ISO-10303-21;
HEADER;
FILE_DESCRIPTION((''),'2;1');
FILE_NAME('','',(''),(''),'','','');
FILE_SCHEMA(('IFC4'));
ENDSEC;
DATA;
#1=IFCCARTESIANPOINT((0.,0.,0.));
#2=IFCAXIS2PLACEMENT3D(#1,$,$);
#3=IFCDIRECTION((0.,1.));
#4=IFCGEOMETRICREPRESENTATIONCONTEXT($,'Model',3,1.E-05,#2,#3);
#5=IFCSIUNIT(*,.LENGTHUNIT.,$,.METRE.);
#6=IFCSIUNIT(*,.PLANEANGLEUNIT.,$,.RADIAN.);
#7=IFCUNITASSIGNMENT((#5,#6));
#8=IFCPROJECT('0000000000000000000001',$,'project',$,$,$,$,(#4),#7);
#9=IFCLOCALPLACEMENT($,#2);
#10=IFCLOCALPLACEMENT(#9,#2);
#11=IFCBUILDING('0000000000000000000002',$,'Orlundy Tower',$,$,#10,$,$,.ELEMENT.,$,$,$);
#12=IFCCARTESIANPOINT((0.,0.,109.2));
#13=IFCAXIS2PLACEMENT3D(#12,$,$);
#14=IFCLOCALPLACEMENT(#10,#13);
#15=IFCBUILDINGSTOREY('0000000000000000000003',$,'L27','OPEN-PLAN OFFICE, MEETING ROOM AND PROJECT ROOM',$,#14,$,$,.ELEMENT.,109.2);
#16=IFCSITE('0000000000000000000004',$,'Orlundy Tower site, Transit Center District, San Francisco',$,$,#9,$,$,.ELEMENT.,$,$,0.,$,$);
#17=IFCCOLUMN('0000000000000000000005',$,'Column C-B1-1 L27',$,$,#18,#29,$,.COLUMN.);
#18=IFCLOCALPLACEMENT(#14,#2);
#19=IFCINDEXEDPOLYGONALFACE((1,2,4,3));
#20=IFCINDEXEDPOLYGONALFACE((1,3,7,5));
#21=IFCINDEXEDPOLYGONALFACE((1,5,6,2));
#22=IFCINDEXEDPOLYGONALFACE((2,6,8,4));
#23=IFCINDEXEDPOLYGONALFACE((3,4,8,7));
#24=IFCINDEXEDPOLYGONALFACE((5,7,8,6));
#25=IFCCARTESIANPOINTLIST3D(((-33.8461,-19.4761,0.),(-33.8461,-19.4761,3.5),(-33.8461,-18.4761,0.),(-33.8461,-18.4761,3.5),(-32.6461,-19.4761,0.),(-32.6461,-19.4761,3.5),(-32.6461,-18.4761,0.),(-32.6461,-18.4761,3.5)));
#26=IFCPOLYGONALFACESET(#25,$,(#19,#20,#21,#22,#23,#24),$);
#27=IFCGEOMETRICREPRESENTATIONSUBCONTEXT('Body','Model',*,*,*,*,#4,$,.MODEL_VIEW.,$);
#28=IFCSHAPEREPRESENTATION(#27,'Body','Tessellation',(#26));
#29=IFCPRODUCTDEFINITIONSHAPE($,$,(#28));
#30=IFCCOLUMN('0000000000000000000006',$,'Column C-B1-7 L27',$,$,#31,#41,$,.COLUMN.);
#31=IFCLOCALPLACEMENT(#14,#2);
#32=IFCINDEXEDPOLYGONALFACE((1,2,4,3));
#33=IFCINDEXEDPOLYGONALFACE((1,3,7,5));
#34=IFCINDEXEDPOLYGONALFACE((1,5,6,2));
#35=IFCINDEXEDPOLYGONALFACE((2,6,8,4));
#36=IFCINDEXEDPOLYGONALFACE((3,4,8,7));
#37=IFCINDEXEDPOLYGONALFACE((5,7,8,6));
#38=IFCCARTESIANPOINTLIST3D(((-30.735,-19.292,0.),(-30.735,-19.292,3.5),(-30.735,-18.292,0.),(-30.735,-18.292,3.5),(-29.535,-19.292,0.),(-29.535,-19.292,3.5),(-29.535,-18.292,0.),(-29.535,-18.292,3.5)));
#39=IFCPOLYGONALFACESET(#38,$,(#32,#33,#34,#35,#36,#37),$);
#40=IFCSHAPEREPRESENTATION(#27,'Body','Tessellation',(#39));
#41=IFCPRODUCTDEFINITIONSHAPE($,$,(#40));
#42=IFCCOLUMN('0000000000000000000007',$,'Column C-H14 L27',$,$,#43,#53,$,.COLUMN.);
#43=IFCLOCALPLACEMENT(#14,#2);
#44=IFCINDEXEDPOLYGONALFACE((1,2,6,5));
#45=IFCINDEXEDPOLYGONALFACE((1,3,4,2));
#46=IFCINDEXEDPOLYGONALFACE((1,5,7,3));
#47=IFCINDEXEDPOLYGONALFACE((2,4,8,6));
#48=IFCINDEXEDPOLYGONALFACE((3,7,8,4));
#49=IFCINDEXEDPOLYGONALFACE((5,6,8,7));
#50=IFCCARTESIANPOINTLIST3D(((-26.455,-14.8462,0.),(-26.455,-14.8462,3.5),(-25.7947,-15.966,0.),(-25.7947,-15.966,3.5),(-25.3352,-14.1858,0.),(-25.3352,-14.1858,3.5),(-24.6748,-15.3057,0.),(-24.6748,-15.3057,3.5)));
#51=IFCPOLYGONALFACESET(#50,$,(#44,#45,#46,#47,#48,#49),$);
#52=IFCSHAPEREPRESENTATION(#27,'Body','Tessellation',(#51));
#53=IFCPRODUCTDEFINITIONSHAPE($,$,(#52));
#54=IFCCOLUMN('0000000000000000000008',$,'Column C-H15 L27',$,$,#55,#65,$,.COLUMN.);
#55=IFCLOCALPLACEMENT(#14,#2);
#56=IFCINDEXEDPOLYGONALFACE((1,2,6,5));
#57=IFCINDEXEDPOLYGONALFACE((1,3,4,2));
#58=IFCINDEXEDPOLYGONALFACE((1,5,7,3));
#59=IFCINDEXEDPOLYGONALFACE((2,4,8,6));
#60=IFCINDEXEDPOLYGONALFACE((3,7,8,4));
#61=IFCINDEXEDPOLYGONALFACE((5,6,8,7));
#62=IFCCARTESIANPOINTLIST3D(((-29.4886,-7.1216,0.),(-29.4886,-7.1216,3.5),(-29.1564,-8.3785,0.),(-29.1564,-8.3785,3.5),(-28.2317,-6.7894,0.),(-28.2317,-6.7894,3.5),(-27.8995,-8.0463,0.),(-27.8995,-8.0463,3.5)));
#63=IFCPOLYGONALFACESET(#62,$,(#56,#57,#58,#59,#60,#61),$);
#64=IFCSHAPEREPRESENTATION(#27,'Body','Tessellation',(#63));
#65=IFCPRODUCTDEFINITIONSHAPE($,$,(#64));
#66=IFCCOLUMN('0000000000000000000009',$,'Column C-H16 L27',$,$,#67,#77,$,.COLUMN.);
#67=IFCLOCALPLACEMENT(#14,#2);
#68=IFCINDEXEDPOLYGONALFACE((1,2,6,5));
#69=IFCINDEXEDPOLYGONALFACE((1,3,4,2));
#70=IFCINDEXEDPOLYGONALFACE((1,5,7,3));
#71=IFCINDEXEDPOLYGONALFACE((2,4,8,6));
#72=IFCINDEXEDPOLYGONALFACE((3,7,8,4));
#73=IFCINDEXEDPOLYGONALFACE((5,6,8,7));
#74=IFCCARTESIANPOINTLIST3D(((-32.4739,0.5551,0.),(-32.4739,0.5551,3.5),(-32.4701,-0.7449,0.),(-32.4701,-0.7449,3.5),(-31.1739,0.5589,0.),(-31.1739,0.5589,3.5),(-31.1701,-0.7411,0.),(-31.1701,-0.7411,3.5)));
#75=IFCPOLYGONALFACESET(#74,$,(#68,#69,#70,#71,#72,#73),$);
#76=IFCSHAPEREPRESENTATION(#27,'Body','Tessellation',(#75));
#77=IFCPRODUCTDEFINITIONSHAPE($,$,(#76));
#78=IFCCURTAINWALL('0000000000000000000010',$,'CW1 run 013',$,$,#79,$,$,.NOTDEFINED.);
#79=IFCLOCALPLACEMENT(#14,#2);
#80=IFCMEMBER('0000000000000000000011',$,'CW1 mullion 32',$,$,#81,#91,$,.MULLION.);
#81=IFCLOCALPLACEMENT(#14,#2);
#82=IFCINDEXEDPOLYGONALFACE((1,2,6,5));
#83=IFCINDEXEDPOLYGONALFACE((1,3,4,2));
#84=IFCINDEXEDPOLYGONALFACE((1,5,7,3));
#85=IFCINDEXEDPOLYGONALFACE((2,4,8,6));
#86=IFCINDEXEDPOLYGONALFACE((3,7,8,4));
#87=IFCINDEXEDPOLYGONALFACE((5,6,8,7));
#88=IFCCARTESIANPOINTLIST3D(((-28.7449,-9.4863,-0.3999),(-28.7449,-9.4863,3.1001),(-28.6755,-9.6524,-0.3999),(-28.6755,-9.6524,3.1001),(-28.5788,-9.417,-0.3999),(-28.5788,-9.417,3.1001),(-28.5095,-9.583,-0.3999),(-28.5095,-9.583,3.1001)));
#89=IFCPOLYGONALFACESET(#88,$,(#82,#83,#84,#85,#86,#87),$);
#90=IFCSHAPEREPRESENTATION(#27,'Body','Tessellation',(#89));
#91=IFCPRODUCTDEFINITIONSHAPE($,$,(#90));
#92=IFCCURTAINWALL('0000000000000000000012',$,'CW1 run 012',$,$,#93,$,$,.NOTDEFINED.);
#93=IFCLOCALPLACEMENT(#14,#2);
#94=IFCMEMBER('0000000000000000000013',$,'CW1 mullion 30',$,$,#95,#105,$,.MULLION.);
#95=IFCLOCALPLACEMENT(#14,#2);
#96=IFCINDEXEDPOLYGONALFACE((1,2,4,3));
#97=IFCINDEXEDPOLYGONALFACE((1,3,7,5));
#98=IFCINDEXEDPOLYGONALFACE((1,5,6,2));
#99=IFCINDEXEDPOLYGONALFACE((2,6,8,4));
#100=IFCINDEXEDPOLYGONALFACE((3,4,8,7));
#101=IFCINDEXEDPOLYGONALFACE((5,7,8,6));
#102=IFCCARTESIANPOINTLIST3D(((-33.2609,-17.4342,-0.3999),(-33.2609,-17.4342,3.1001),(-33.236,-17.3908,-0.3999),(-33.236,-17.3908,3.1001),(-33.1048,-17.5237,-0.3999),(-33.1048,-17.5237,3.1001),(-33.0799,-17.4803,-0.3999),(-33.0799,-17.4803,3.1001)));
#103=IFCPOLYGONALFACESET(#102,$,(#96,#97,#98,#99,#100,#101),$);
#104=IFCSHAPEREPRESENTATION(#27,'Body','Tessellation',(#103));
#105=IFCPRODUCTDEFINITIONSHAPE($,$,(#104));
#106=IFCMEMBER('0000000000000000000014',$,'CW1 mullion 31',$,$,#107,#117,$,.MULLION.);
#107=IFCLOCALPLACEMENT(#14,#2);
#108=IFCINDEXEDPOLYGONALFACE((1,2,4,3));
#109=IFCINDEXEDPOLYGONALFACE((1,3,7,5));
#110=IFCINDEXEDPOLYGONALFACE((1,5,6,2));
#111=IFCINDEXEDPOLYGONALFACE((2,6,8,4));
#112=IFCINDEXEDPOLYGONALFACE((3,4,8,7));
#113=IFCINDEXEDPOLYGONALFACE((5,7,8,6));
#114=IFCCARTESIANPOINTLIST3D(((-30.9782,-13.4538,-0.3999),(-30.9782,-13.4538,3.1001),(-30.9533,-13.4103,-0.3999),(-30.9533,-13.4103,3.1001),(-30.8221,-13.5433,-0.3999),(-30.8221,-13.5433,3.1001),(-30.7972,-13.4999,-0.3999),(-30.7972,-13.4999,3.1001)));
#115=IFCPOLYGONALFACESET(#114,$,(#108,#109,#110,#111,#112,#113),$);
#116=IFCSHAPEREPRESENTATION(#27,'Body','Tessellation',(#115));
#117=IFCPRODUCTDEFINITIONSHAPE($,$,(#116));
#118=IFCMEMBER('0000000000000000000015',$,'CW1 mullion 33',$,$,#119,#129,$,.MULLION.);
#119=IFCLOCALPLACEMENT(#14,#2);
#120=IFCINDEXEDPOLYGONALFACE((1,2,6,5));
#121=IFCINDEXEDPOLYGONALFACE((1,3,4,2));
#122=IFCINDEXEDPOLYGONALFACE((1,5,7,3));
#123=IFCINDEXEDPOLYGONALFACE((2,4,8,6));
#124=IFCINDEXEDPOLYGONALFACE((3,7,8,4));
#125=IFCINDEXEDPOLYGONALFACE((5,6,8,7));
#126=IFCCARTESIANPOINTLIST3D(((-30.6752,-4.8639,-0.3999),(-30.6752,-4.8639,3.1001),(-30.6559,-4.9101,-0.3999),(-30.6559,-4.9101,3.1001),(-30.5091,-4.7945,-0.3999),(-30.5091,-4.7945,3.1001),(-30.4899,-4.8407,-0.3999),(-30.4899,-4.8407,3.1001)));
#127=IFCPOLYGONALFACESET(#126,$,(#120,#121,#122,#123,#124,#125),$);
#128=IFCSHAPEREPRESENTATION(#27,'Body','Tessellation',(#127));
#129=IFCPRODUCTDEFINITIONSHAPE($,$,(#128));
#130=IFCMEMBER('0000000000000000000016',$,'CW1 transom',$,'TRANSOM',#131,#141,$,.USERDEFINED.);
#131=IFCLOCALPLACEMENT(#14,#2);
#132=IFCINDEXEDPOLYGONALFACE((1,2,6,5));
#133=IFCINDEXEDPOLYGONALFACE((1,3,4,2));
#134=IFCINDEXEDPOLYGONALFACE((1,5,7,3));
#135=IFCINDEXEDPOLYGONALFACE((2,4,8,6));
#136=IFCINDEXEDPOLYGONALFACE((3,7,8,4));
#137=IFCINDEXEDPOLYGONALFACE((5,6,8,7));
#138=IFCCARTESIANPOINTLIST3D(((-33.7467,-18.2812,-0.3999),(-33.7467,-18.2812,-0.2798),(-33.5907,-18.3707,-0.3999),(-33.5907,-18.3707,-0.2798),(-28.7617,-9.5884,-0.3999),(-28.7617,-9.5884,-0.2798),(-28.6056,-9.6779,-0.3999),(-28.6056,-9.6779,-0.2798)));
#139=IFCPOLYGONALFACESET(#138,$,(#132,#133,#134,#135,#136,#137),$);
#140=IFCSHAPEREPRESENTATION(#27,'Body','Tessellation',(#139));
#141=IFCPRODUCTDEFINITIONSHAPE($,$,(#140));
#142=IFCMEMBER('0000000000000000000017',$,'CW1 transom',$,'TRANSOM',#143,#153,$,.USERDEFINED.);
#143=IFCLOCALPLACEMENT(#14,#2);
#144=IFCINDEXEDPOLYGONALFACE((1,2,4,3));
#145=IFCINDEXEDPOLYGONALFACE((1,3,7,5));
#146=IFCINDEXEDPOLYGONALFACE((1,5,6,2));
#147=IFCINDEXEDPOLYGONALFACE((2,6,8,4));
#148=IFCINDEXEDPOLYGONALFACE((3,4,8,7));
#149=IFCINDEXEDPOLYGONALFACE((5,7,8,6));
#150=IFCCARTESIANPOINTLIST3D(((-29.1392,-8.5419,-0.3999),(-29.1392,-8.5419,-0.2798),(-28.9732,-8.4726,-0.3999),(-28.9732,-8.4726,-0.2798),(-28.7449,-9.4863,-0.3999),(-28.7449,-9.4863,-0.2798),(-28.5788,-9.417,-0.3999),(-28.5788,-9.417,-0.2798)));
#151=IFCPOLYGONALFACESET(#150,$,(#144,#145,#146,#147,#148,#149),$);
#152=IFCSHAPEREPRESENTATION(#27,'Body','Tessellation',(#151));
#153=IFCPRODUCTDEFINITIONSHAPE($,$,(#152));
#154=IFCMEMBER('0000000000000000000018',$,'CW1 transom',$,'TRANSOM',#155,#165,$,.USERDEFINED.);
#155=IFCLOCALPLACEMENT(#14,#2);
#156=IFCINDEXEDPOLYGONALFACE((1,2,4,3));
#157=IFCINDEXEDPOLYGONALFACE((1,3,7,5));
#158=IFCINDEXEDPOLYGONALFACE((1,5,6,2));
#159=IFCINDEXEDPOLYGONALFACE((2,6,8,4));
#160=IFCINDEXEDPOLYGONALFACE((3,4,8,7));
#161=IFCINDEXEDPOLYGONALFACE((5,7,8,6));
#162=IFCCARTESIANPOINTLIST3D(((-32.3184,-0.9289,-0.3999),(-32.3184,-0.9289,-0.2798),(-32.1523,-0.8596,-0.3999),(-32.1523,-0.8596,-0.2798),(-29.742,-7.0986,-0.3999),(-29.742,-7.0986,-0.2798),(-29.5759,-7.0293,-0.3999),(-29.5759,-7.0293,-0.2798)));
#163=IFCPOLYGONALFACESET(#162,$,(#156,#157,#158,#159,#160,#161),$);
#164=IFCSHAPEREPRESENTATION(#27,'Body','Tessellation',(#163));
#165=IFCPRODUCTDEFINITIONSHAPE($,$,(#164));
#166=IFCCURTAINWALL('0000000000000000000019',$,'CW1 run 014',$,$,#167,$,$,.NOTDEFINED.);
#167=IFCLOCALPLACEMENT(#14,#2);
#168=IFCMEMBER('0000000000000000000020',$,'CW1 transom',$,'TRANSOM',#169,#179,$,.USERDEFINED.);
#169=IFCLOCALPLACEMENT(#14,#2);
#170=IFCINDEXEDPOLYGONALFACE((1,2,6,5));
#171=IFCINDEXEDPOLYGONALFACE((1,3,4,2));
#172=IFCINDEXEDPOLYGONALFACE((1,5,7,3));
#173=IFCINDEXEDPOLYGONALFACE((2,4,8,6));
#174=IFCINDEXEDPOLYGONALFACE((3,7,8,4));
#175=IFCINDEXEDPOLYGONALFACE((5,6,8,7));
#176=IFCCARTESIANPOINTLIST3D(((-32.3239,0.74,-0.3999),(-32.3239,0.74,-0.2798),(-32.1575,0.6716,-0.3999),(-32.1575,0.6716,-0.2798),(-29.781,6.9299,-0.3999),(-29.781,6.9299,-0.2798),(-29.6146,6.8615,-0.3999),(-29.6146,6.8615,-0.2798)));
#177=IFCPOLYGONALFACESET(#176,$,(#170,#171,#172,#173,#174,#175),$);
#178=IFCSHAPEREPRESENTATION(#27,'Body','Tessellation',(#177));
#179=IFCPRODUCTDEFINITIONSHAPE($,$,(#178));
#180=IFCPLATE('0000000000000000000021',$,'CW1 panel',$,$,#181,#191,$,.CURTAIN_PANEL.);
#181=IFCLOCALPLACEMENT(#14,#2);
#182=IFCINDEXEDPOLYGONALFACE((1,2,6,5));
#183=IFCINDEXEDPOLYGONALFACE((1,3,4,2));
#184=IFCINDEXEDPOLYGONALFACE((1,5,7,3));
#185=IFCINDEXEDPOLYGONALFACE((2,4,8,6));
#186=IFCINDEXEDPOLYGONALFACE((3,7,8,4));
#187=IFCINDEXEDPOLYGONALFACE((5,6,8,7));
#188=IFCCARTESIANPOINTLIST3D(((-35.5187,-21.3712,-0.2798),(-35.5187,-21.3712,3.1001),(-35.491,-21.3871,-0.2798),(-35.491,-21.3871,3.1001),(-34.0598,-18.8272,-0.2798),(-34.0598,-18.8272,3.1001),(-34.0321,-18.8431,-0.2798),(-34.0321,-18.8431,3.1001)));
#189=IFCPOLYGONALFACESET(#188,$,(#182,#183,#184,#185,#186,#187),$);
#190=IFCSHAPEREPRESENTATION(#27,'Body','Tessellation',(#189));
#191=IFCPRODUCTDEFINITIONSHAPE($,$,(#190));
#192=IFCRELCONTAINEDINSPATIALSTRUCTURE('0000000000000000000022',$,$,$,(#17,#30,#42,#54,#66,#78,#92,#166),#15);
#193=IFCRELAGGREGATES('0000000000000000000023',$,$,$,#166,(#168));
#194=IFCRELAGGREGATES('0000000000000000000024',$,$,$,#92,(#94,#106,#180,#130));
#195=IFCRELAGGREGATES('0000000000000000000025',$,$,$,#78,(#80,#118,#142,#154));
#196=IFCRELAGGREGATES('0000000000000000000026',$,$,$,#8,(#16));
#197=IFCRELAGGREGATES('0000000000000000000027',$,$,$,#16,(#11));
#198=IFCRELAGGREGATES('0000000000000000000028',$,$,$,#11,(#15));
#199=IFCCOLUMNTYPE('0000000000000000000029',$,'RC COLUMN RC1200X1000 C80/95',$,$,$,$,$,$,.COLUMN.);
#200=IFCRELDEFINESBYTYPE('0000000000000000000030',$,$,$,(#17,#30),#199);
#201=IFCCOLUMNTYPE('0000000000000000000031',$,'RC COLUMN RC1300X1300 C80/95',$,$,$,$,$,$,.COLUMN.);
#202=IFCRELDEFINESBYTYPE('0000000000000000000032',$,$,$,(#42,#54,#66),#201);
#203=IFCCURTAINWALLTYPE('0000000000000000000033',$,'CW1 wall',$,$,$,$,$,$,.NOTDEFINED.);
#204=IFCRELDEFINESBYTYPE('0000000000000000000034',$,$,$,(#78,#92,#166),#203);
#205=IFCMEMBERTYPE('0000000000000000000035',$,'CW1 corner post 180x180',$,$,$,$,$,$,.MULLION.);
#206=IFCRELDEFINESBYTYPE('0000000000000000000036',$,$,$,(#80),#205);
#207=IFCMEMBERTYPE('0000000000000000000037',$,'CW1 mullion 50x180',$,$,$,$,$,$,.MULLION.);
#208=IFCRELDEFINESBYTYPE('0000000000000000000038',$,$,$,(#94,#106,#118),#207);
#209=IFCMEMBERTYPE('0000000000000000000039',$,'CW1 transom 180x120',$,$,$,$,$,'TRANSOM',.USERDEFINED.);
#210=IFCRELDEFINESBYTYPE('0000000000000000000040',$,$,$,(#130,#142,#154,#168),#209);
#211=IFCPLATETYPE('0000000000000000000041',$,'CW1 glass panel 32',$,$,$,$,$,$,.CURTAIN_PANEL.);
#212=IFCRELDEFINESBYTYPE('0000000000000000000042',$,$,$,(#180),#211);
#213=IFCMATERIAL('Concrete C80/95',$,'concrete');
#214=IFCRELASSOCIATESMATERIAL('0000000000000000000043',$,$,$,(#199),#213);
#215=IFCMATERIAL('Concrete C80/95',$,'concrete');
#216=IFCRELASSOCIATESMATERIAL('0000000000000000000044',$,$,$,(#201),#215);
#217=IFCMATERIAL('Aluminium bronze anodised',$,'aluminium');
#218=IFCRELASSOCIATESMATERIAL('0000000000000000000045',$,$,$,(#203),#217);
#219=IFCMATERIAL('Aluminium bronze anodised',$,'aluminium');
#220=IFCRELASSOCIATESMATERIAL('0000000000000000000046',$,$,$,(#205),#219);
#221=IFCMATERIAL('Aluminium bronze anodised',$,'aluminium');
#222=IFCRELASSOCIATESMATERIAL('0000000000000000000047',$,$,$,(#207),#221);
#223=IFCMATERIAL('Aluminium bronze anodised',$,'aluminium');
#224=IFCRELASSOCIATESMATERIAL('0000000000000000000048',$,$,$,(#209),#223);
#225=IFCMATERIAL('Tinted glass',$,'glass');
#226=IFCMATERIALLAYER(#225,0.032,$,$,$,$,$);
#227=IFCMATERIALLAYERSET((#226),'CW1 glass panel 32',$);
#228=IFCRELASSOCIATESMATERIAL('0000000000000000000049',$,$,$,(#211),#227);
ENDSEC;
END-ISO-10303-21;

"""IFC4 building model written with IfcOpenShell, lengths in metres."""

from ifc_helpers import new_model, si_unit, direction, frame, origin, origin_2d, place, context, subcontext, project, spatial, rectangle, extrude, material, layer, layer_set, material_profile, profile_set, type_object, element, aggregate, save


model = new_model("IFC4")

# Units and contexts
model_context = context("Model", 3, precision=1e-05, world=origin(), true_north=direction((0.0, 1.0)))
body_context = subcontext(model_context, "Body", "Model", "MODEL_VIEW")
ifc_project = project(units=[si_unit("LENGTHUNIT", "METRE"), si_unit("PLANEANGLEUNIT", "RADIAN")], contexts=[model_context])

# Site, building, storey
site_placement = place(None, origin())
site = spatial("IfcSite", under=ifc_project, at=site_placement, Name="Orlundy Tower site, Transit Center District, San Francisco", CompositionType="ELEMENT", RefElevation=0.0)
building_placement = place(site_placement, origin())
building = spatial("IfcBuilding", under=site, at=building_placement, Name="Orlundy Tower", CompositionType="ELEMENT")
storey_placement = place(building_placement, frame((0.0, 0.0, 109.2)))
storey = spatial("IfcBuildingStorey", under=building, at=storey_placement, Name="L27", Description="OPEN-PLAN OFFICE, MEETING ROOM AND PROJECT ROOM", CompositionType="ELEMENT", Elevation=109.2)

# Columns
ifc_material_1 = material(Name="Concrete C80/95", Category="concrete")
ifc_material_profile_1 = material_profile(ifc_material_1, rectangle(XDim=1.2, YDim=1.0, at=origin_2d()), Name="RC1200X1000")
ifc_profile_set_1 = profile_set([ifc_material_profile_1], Name="Concrete C80/95")
column_type_1 = type_object("IfcColumnType", Name="RC COLUMN RC1200X1000 C80/95", PredefinedType="COLUMN", material=ifc_profile_set_1)
for number, where, z_axis, x_axis, name in (
    (1, (-33.2461, -18.9761, 0.0), (0.0, 0.0, 1.0), (1.0, 0.0, 0.0), "Column C-B1-1 L27"),
    (2, (-30.135, -18.792, 0.0), (0.0, 0.0, 1.0), (1.0, 0.0, 0.0), "Column C-B1-7 L27"),
):
    element("IfcColumn", number, at=place(storey_placement, frame(where, z_axis=z_axis, x_axis=x_axis)), inside=storey, type_object=column_type_1, Name=name, PredefinedType="COLUMN", context=body_context, shape_type="SweptSolid", body=[
        extrude(rectangle(XDim=1.2, YDim=1.0, at=origin_2d()), origin(), (0.0, 0.0, 1.0), 3.5),
    ])
ifc_material_2 = material(Name="Concrete C80/95", Category="concrete")
ifc_material_profile_2 = material_profile(ifc_material_2, rectangle(XDim=1.3, YDim=1.3, at=origin_2d()), Name="RC1300X1300")
ifc_profile_set_2 = profile_set([ifc_material_profile_2], Name="Concrete C80/95")
column_type_2 = type_object("IfcColumnType", Name="RC COLUMN RC1300X1300 C80/95", PredefinedType="COLUMN", material=ifc_profile_set_2)
for number, where, z_axis, x_axis, name in (
    (3, (-25.5649, -15.0759, 0.0), (0.0, 0.0, 1.0), (-0.861381, -0.507959, 0.0), "Column C-H14 L27"),
    (4, (-28.6941, -7.584, 0.0), (0.0, 0.0, 1.0), (-0.966801, -0.25553, 0.0), "Column C-H15 L27"),
    (5, (-31.822, -0.093, 0.0), (0.0, 0.0, 1.0), (-0.999996, -0.002915, 0.0), "Column C-H16 L27"),
):
    element("IfcColumn", number, at=place(storey_placement, frame(where, z_axis=z_axis, x_axis=x_axis)), inside=storey, type_object=column_type_2, Name=name, PredefinedType="COLUMN", context=body_context, shape_type="SweptSolid", body=[
        extrude(rectangle(XDim=1.3, YDim=1.3, at=origin_2d()), origin(), (0.0, 0.0, 1.0), 3.5),
    ])

# Curtain wall, member
ifc_material_3 = material(Name="Aluminium bronze anodised", Category="aluminium")
curtain_wall_type = type_object("IfcCurtainWallType", Name="CW1 wall", PredefinedType="NOTDEFINED", material=ifc_material_3)
curtain_wall_1_placement = place(storey_placement, origin())
curtain_wall_1 = element("IfcCurtainWall", 6, at=curtain_wall_1_placement, inside=storey, type_object=curtain_wall_type, Name="CW1 run 013", PredefinedType="NOTDEFINED")
ifc_material_4 = material(Name="Aluminium bronze anodised", Category="aluminium")
ifc_material_profile_3 = material_profile(ifc_material_4, rectangle(XDim=0.1799, YDim=0.1799, at=origin_2d()), Name="CW1 corner post 180x180")
ifc_profile_set_3 = profile_set([ifc_material_profile_3], Name="Aluminium bronze anodised")
member_type_1 = type_object("IfcMemberType", Name="CW1 corner post 180x180", PredefinedType="MULLION", material=ifc_profile_set_3)
member_1_placement = place(storey_placement, frame((-28.6272, -9.5347, -0.3999), z_axis=(0.0, 0.0, 1.0), x_axis=(-0.922773, -0.385344, 0.0)))
member_1 = element("IfcMember", 7, at=member_1_placement, type_object=member_type_1, Name="CW1 mullion 32", PredefinedType="MULLION", context=body_context, shape_type="SweptSolid", body=[
    extrude(rectangle(XDim=0.1799, YDim=0.1799, at=origin_2d()), origin(), (0.0, 0.0, 1.0), 3.5),
])

# Curtain wall, members
curtain_wall_2_placement = place(storey_placement, origin())
curtain_wall_2 = element("IfcCurtainWall", 8, at=curtain_wall_2_placement, inside=storey, type_object=curtain_wall_type, Name="CW1 run 012", PredefinedType="NOTDEFINED")
ifc_material_5 = material(Name="Aluminium bronze anodised", Category="aluminium")
ifc_material_profile_4 = material_profile(ifc_material_5, rectangle(XDim=0.1799, YDim=0.05, at=origin_2d()), Name="CW1 mullion 50x180")
ifc_profile_set_4 = profile_set([ifc_material_profile_4], Name="Aluminium bronze anodised")
member_type_2 = type_object("IfcMemberType", Name="CW1 mullion 50x180", PredefinedType="MULLION", material=ifc_profile_set_4)
member_2_placement = place(storey_placement, frame((-33.1704, -17.4573, -0.3999), z_axis=(0.0, 0.0, 1.0), x_axis=(-0.867482, 0.497468, 0.0)))
member_2 = element("IfcMember", 9, at=member_2_placement, type_object=member_type_2, Name="CW1 mullion 30", PredefinedType="MULLION", context=body_context, shape_type="SweptSolid", body=[
    extrude(rectangle(XDim=0.1799, YDim=0.05, at=origin_2d()), origin(), (0.0, 0.0, 1.0), 3.5),
])
member_3_placement = place(storey_placement, frame((-30.8877, -13.4768, -0.3999), z_axis=(0.0, 0.0, 1.0), x_axis=(-0.867482, 0.497468, 0.0)))
member_3 = element("IfcMember", 10, at=member_3_placement, type_object=member_type_2, Name="CW1 mullion 31", PredefinedType="MULLION", context=body_context, shape_type="SweptSolid", body=[
    extrude(rectangle(XDim=0.1799, YDim=0.05, at=origin_2d()), origin(), (0.0, 0.0, 1.0), 3.5),
])

# Members
member_4_placement = place(storey_placement, frame((-30.5825, -4.8523, -0.3999), z_axis=(0.0, 0.0, 1.0), x_axis=(-0.922773, -0.385344, 0.0)))
member_4 = element("IfcMember", 11, at=member_4_placement, type_object=member_type_2, Name="CW1 mullion 33", PredefinedType="MULLION", context=body_context, shape_type="SweptSolid", body=[
    extrude(rectangle(XDim=0.1799, YDim=0.05, at=origin_2d()), origin(), (0.0, 0.0, 1.0), 3.5),
])
ifc_material_6 = material(Name="Aluminium bronze anodised", Category="aluminium")
ifc_material_profile_5 = material_profile(ifc_material_6, rectangle(XDim=0.1799, YDim=0.1201, at=origin_2d()), Name="CW1 transom 180x120")
ifc_profile_set_5 = profile_set([ifc_material_profile_5], Name="Aluminium bronze anodised")
member_type_3 = type_object("IfcMemberType", Name="CW1 transom 180x120", ElementType="TRANSOM", PredefinedType="USERDEFINED", material=ifc_profile_set_5)
member_5_placement = place(storey_placement, frame((-33.6687, -18.3259, -0.3398), z_axis=(0.497474, 0.867479, 0.0), x_axis=(-0.867479, 0.497474, 0.0)))
member_5 = element("IfcMember", 12, at=member_5_placement, type_object=member_type_3, Name="CW1 transom", ObjectType="TRANSOM", PredefinedType="USERDEFINED", context=body_context, shape_type="SweptSolid", body=[
    extrude(rectangle(XDim=0.1799, YDim=0.1201, at=origin_2d()), origin(), (0.0, 0.0, 1.0), 10.0208),
])
member_6_placement = place(storey_placement, frame((-28.6619, -9.4517, -0.3398), z_axis=(-0.385293, 0.922794, 0.0), x_axis=(-0.922794, -0.385293, 0.0)))
member_6 = element("IfcMember", 13, at=member_6_placement, type_object=member_type_3, Name="CW1 transom", ObjectType="TRANSOM", PredefinedType="USERDEFINED", context=body_context, shape_type="SweptSolid", body=[
    extrude(rectangle(XDim=0.1799, YDim=0.1201, at=origin_2d()), origin(), (0.0, 0.0, 1.0), 1.0234),
])
member_7_placement = place(storey_placement, frame((-29.6589, -7.064, -0.3398), z_axis=(-0.385344, 0.922773, 0.0), x_axis=(-0.922773, -0.385344, 0.0)))
member_7 = element("IfcMember", 14, at=member_7_placement, type_object=member_type_3, Name="CW1 transom", ObjectType="TRANSOM", PredefinedType="USERDEFINED", context=body_context, shape_type="SweptSolid", body=[
    extrude(rectangle(XDim=0.1799, YDim=0.1201, at=origin_2d()), origin(), (0.0, 0.0, 1.0), 6.686),
])

# Curtain wall, member
curtain_wall_3_placement = place(storey_placement, origin())
curtain_wall_3 = element("IfcCurtainWall", 15, at=curtain_wall_3_placement, inside=storey, type_object=curtain_wall_type, Name="CW1 run 014", PredefinedType="NOTDEFINED")
member_8_placement = place(storey_placement, frame((-32.2407, 0.7058, -0.3398), z_axis=(0.380005, 0.924985, 0.0), x_axis=(-0.924985, 0.380005, 0.0)))
member_8 = element("IfcMember", 16, at=member_8_placement, type_object=member_type_3, Name="CW1 transom", ObjectType="TRANSOM", PredefinedType="USERDEFINED", context=body_context, shape_type="SweptSolid", body=[
    extrude(rectangle(XDim=0.1799, YDim=0.1201, at=origin_2d()), origin(), (0.0, 0.0, 1.0), 6.6919),
])
aggregate(curtain_wall_3, [member_8])

# Plate
ifc_material_7 = material(Name="Tinted glass", Category="glass")
ifc_layer_1 = layer(ifc_material_7, 0.032)
ifc_layer_set_1 = layer_set([ifc_layer_1], Name="CW1 glass panel 32")
plate_type = type_object("IfcPlateType", Name="CW1 glass panel 32", PredefinedType="CURTAIN_PANEL", material=ifc_layer_set_1)
plate_1_placement = place(storey_placement, frame((-34.7754, -20.1072, -0.2798), z_axis=(0.0, 0.0, 1.0), x_axis=(0.497468, 0.867482, 0.0)))
plate_1 = element("IfcPlate", 17, at=plate_1_placement, type_object=plate_type, Name="CW1 panel", PredefinedType="CURTAIN_PANEL", context=body_context, shape_type="SweptSolid", body=[
    extrude(rectangle(XDim=2.9326, YDim=0.032, at=origin_2d()), origin(), (0.0, 0.0, 1.0), 3.3799),
])
aggregate(curtain_wall_2, [member_2, member_3, plate_1, member_5])
aggregate(curtain_wall_1, [member_1, member_4, member_6, member_7])

save(model, "model.ifc")
